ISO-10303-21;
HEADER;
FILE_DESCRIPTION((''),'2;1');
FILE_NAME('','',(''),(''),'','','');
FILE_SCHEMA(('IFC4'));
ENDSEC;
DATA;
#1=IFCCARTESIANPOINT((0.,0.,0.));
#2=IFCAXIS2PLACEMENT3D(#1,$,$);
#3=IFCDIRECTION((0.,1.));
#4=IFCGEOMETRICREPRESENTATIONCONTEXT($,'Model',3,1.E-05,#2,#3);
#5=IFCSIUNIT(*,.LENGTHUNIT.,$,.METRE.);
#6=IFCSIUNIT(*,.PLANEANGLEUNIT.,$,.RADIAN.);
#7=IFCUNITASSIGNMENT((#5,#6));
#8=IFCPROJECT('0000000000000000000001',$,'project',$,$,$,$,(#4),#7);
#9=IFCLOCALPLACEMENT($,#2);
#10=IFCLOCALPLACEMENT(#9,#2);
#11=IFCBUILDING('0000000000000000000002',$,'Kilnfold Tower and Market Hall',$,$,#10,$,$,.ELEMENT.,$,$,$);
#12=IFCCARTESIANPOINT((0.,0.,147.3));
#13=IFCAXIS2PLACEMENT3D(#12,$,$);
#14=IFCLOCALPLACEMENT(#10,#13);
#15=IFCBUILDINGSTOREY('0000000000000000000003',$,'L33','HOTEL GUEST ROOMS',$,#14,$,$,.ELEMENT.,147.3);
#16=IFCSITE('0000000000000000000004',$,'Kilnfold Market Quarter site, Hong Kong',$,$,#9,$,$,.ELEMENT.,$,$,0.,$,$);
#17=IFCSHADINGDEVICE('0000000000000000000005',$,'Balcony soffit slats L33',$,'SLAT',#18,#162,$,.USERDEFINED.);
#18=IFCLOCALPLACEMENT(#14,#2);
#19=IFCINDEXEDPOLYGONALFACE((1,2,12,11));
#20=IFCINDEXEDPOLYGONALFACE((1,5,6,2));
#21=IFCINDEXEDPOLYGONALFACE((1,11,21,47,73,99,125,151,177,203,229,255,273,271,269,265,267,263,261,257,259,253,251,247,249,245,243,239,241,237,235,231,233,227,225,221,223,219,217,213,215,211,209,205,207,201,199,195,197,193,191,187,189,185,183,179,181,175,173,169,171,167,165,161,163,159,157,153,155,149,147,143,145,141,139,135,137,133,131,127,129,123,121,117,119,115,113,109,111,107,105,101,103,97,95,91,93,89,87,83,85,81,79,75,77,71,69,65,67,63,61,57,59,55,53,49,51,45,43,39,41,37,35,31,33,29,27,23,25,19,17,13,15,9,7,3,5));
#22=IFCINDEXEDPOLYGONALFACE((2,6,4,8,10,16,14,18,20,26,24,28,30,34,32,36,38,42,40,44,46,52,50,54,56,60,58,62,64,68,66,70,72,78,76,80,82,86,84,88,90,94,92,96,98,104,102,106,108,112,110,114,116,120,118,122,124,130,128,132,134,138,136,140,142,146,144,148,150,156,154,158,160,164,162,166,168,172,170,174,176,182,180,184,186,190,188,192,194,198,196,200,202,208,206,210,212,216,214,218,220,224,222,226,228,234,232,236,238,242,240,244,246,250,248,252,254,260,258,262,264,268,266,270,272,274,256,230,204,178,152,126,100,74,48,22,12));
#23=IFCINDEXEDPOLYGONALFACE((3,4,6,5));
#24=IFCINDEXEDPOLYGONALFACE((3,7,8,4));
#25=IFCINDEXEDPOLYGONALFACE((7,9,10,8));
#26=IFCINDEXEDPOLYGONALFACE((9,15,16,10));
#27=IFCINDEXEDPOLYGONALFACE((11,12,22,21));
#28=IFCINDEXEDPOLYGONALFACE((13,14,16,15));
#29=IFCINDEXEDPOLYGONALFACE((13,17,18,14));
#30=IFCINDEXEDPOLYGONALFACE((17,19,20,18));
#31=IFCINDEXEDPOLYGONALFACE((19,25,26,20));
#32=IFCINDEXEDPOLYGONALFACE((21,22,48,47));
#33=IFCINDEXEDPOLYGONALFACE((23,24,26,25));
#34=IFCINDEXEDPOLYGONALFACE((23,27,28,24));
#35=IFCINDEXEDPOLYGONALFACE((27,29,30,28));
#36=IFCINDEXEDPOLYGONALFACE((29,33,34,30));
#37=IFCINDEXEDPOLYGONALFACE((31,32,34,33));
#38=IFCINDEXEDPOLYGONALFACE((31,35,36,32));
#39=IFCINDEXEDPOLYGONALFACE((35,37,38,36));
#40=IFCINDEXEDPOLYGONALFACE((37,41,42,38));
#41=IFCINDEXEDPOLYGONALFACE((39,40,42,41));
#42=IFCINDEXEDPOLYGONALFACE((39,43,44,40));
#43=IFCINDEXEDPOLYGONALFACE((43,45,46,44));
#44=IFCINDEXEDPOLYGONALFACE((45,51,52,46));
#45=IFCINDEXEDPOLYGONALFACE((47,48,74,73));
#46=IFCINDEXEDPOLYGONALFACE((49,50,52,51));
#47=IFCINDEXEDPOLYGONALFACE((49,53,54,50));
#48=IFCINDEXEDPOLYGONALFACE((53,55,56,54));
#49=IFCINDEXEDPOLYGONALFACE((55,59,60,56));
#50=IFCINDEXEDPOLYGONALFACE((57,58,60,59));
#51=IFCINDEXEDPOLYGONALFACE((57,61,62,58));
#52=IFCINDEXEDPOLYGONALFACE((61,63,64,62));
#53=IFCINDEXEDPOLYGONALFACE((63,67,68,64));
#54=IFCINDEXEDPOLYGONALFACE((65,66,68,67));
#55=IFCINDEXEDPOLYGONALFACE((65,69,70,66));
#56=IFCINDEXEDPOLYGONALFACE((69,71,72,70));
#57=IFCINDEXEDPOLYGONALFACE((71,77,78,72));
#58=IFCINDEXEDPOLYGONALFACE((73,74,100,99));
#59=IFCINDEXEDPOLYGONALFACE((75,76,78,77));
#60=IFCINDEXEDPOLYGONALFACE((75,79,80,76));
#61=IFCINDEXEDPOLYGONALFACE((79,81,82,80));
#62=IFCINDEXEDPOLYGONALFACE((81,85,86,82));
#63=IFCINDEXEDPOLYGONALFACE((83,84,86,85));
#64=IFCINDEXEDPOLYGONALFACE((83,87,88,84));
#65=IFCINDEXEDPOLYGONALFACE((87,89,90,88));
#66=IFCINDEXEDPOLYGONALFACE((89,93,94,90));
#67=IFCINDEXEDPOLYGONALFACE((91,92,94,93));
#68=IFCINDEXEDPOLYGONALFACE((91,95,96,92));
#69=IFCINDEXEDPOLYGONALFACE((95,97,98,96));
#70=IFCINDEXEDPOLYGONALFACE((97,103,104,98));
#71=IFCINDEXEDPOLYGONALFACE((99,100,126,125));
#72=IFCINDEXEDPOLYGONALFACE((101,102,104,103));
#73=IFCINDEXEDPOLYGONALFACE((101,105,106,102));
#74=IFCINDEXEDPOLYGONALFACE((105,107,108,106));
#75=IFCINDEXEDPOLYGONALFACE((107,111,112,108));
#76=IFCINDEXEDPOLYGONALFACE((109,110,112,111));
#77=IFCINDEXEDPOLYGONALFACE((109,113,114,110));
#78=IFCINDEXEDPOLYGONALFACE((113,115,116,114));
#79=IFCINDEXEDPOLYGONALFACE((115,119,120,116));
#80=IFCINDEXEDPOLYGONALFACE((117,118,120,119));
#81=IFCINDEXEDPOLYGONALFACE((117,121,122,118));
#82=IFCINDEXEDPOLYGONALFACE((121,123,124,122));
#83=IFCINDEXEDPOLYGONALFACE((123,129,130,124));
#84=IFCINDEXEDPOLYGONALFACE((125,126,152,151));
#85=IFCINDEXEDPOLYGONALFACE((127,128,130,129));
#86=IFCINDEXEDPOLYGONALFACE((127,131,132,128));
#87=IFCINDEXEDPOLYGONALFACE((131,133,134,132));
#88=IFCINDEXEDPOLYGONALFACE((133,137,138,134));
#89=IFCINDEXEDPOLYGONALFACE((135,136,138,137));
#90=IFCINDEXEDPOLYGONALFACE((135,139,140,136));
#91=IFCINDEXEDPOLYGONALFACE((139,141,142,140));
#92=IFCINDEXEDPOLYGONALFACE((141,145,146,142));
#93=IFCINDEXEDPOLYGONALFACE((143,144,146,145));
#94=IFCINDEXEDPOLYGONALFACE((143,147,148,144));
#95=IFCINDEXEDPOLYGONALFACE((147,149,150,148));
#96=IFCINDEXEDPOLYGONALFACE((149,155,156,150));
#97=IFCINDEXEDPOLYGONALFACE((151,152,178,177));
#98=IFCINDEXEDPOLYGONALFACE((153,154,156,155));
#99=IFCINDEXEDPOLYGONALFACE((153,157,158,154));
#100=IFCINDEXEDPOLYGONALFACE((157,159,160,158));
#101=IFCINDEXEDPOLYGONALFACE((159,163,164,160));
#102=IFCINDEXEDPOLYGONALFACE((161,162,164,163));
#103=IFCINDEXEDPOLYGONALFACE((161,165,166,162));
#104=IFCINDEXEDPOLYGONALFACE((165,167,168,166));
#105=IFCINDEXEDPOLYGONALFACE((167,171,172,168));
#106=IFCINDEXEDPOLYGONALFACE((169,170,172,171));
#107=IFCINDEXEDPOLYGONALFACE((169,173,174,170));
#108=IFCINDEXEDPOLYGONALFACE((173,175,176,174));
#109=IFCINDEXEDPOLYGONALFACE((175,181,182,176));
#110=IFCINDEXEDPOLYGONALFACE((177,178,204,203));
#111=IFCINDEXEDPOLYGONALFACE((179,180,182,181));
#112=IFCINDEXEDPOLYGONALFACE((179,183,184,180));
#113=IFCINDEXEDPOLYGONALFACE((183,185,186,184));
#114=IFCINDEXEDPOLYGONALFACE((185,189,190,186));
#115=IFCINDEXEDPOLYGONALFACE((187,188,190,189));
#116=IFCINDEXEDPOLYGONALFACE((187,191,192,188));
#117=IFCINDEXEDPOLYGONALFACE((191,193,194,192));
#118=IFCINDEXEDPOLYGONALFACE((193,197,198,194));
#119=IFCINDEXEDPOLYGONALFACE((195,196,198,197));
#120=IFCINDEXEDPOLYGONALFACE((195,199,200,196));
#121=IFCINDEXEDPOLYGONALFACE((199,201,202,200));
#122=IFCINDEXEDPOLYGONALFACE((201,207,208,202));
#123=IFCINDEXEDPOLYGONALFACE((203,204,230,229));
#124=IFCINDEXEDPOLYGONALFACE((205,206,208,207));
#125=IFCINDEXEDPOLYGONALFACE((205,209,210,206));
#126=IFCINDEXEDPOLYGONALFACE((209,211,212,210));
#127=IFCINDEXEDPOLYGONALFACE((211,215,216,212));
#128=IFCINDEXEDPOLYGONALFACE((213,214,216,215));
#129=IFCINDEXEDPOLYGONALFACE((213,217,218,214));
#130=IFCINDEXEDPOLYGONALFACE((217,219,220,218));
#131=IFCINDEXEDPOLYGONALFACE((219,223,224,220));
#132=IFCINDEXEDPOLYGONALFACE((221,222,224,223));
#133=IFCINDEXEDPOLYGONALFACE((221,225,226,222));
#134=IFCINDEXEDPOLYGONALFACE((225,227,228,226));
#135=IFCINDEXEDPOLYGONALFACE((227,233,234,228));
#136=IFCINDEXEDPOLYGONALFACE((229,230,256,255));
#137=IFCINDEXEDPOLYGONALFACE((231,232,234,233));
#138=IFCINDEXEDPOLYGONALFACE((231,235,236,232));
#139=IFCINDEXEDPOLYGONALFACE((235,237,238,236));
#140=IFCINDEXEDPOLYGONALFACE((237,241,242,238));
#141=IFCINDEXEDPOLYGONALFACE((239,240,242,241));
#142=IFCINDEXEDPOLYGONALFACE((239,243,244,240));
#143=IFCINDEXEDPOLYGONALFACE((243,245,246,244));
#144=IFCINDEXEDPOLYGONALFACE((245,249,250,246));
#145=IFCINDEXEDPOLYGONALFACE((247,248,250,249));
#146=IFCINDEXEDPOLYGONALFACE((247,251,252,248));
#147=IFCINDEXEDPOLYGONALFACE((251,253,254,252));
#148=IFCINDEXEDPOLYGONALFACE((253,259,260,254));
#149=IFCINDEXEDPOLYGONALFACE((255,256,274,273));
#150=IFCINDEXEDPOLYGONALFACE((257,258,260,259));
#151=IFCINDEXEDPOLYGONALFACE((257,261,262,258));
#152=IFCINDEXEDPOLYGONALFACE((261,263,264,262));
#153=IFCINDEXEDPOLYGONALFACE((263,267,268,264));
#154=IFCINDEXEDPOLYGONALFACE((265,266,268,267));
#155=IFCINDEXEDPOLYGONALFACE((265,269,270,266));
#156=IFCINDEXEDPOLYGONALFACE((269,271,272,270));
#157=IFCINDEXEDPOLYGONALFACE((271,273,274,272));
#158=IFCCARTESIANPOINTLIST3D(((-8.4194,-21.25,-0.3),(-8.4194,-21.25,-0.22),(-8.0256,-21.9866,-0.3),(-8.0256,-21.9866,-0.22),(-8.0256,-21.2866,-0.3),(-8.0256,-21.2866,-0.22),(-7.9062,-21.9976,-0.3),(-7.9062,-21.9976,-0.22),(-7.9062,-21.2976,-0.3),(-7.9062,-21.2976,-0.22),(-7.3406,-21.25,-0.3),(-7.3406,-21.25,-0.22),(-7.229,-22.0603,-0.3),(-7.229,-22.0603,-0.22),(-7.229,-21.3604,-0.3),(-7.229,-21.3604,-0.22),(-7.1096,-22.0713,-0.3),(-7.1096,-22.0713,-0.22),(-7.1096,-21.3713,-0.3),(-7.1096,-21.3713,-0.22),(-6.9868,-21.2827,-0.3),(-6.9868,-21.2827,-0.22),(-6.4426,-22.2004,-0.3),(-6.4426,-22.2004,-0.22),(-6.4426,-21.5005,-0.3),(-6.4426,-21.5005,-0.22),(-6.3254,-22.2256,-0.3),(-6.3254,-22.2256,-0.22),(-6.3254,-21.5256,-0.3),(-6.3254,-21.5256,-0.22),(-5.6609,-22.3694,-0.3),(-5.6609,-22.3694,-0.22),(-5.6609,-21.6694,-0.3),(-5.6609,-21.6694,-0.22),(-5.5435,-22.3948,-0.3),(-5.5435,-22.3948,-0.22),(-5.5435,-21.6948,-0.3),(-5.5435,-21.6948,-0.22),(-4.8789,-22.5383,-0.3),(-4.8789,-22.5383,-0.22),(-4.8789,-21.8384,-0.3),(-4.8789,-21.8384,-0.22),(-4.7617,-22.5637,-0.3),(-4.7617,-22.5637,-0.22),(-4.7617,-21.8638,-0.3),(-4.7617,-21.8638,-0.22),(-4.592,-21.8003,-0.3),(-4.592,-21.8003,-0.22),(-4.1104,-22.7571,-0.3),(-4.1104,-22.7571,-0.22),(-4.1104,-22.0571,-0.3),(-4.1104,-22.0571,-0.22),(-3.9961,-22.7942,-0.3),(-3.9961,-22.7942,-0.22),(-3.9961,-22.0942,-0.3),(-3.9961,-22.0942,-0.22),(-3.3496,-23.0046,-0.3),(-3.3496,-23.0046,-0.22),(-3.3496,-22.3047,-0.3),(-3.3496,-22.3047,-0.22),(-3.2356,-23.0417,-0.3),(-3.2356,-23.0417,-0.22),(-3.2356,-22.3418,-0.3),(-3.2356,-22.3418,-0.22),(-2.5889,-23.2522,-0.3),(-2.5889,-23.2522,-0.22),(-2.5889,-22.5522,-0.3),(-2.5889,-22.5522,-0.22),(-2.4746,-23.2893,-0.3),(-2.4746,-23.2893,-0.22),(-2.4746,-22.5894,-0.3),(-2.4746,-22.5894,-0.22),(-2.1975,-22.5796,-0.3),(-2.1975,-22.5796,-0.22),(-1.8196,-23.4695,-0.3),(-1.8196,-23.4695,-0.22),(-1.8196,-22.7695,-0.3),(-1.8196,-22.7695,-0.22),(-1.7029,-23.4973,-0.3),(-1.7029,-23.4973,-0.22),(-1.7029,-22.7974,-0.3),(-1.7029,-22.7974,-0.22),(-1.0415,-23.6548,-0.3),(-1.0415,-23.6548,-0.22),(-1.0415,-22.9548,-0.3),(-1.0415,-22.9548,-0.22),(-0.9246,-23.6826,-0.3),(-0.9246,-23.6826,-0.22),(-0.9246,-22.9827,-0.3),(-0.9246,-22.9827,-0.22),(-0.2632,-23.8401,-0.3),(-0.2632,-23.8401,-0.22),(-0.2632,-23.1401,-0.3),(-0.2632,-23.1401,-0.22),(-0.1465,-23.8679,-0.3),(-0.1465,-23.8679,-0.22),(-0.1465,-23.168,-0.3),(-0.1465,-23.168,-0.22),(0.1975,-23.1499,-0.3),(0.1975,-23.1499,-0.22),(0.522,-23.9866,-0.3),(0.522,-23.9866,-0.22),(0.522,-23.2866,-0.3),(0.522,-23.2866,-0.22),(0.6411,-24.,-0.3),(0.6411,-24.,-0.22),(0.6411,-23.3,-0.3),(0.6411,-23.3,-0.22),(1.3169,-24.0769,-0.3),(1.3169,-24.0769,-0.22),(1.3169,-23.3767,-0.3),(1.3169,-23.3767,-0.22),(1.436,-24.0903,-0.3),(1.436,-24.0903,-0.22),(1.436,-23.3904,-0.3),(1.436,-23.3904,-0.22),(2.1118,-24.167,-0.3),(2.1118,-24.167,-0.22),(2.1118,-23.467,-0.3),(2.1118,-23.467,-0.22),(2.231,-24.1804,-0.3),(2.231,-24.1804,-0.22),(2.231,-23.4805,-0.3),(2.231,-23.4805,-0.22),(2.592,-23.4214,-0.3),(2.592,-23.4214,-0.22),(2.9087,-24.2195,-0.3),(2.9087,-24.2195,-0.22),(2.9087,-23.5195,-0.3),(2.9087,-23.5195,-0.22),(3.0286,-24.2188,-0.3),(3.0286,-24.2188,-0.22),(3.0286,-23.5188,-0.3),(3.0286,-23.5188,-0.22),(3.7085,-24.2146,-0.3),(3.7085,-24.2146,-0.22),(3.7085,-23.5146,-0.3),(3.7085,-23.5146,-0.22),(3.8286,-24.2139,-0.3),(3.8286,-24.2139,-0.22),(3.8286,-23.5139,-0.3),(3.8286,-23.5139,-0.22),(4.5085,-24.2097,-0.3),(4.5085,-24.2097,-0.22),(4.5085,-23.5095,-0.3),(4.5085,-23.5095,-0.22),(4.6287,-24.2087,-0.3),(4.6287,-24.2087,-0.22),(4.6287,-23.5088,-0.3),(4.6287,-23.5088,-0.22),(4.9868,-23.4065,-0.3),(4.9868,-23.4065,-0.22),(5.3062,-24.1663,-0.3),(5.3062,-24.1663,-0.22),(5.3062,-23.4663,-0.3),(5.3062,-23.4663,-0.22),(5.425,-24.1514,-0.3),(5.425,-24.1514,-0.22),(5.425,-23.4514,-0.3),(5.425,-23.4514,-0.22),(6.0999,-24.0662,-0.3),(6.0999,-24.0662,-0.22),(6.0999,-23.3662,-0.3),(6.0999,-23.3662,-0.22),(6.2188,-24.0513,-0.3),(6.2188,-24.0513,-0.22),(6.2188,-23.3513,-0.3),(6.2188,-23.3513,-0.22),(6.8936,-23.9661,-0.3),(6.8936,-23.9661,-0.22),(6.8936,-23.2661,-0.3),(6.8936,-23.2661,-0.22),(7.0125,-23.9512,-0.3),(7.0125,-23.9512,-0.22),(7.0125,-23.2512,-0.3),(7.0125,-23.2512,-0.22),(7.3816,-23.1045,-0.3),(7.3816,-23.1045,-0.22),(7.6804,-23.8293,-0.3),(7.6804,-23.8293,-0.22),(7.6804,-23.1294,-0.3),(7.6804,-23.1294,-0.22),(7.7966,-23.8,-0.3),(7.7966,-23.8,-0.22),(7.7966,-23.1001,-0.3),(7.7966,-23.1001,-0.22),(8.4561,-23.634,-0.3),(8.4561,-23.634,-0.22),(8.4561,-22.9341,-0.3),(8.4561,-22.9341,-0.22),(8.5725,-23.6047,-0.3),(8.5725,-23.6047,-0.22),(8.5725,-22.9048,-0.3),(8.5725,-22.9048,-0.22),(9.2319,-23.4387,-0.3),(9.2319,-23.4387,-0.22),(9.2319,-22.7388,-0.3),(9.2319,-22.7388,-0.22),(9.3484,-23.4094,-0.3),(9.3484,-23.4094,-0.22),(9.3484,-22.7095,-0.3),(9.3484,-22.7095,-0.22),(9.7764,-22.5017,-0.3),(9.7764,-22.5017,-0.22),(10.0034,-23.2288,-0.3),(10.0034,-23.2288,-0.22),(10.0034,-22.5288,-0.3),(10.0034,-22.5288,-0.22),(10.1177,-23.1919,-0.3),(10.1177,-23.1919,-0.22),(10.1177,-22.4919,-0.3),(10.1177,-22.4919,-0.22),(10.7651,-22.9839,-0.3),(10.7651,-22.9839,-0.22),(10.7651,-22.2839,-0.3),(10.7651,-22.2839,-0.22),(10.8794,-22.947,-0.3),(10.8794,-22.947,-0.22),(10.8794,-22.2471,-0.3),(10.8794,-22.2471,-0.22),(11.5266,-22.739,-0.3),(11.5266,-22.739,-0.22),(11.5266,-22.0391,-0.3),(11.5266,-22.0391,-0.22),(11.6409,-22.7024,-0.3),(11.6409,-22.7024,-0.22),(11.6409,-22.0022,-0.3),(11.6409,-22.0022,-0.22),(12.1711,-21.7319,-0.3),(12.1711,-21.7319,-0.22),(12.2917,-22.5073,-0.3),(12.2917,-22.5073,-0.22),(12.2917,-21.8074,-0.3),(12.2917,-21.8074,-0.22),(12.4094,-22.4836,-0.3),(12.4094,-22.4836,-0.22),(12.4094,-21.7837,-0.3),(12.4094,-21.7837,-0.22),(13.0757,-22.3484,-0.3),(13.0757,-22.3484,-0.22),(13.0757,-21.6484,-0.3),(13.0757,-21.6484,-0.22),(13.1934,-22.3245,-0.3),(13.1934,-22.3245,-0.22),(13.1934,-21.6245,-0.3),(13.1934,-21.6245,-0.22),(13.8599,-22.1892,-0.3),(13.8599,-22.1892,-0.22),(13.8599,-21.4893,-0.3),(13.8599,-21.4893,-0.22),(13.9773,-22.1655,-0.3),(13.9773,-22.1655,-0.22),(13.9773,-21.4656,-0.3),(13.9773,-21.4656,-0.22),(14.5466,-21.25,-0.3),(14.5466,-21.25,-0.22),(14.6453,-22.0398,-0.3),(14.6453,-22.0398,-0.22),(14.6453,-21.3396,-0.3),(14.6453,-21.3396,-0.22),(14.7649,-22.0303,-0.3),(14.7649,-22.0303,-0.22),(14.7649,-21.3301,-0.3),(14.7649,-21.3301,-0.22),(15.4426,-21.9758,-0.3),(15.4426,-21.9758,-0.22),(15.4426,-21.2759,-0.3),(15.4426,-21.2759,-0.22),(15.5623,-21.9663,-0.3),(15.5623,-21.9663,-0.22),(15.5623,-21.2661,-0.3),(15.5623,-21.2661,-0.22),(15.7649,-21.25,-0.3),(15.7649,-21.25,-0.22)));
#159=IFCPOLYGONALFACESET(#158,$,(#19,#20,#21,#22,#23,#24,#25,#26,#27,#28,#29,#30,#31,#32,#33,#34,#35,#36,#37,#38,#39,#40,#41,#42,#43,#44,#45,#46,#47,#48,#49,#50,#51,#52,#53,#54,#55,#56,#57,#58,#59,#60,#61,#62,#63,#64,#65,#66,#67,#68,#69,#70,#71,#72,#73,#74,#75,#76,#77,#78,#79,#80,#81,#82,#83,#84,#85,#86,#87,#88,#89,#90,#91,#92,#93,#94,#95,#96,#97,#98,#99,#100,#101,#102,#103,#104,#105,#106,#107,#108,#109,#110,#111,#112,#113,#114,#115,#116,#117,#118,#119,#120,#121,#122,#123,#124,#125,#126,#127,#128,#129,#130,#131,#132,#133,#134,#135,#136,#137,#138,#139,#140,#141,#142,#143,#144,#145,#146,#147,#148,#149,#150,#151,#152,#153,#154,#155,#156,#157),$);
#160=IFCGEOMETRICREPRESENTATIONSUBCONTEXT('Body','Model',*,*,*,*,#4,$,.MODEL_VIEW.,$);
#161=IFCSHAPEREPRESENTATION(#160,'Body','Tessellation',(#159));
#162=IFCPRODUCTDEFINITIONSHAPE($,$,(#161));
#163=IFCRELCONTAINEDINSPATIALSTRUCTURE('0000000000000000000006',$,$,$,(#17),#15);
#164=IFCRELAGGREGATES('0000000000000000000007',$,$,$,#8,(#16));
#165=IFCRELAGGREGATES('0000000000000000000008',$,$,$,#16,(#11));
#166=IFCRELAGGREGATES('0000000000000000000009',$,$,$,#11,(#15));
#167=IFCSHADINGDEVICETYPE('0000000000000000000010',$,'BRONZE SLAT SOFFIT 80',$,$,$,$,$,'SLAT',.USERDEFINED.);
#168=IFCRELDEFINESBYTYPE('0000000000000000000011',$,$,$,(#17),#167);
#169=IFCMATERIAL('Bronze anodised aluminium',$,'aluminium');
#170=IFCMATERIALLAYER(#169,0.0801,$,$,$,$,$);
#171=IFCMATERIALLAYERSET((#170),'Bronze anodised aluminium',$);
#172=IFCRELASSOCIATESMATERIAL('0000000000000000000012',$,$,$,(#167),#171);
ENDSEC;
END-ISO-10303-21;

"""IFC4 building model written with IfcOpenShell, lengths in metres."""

from ifc_helpers import new_model, si_unit, direction, frame, origin, place, context, subcontext, project, spatial, polyline, outline, extrude, source, transform, mapped, material, layer, layer_set, type_object, element, save


model = new_model("IFC4")

# Units and contexts
model_context = context("Model", 3, precision=1e-05, world=origin(), true_north=direction((0.0, 1.0)))
body_context = subcontext(model_context, "Body", "Model", "MODEL_VIEW")
ifc_project = project(units=[si_unit("LENGTHUNIT", "METRE"), si_unit("PLANEANGLEUNIT", "RADIAN")], contexts=[model_context])

# Site, building, storey
site_placement = place(None, origin())
site = spatial("IfcSite", under=ifc_project, at=site_placement, Name="Kilnfold Market Quarter site, Hong Kong", CompositionType="ELEMENT", RefElevation=0.0)
building_placement = place(site_placement, origin())
building = spatial("IfcBuilding", under=site, at=building_placement, Name="Kilnfold Tower and Market Hall", CompositionType="ELEMENT")
storey_placement = place(building_placement, frame((0.0, 0.0, 147.3)))
storey = spatial("IfcBuildingStorey", under=building, at=storey_placement, Name="L33", Description="HOTEL GUEST ROOMS", CompositionType="ELEMENT", Elevation=147.3)

# Shading device
ifc_material_1 = material(Name="Bronze anodised aluminium", Category="aluminium")
ifc_layer_1 = layer(ifc_material_1, 0.0801)
ifc_layer_set_1 = layer_set([ifc_layer_1], Name="Bronze anodised aluminium")
shading_device_type = type_object("IfcShadingDeviceType", Name="BRONZE SLAT SOFFIT 80", ElementType="SLAT", PredefinedType="USERDEFINED", material=ifc_layer_set_1)
shared_shape_1 = source(origin(), body_context, "Body", "SweptSolid", [
    extrude(outline(polyline([(-6.9868, -21.2827), (-4.592, -21.8003), (-2.1975, -22.5796), (0.1975, -23.1499), (2.592, -23.4214), (4.9868, -23.4065), (7.3816, -23.1045), (9.7764, -22.5017), (12.1711, -21.7319), (14.5466, -21.25), (15.7649, -21.25), (15.5623, -21.2661), (15.5623, -21.9663), (15.4426, -21.9758), (15.4426, -21.2759), (14.7649, -21.3301), (14.7649, -22.0303), (14.6453, -22.0398), (14.6453, -21.3396), (13.9773, -21.4656), (13.9773, -22.1655), (13.8599, -22.1892), (13.8599, -21.4893), (13.1934, -21.6245), (13.1934, -22.3245), (13.0757, -22.3484), (13.0757, -21.6484), (12.4094, -21.7837), (12.4094, -22.4836), (12.2917, -22.5073), (12.2917, -21.8074), (11.6409, -22.0022), (11.6409, -22.7024), (11.5266, -22.739), (11.5266, -22.0391), (10.8794, -22.2471), (10.8794, -22.947), (10.7651, -22.9839), (10.7651, -22.2839), (10.1177, -22.4919), (10.1177, -23.1919), (10.0034, -23.2288), (10.0034, -22.5288), (9.3484, -22.7095), (9.3484, -23.4094), (9.2319, -23.4387), (9.2319, -22.7388), (8.5725, -22.9048), (8.5725, -23.6047), (8.4561, -23.634), (8.4561, -22.9341), (7.7966, -23.1001), (7.7966, -23.8), (7.6804, -23.8293), (7.6804, -23.1294), (7.0125, -23.2512), (7.0125, -23.9512), (6.8936, -23.9661), (6.8936, -23.2661), (6.2188, -23.3513), (6.2188, -24.0513), (6.0999, -24.0662), (6.0999, -23.3662), (5.425, -23.4514), (5.425, -24.1514), (5.3062, -24.1663), (5.3062, -23.4663), (4.6287, -23.5088), (4.6287, -24.2087), (4.5085, -24.2097), (4.5085, -23.5095), (3.8286, -23.5139), (3.8286, -24.2139), (3.7085, -24.2146), (3.7085, -23.5146), (3.0286, -23.5188), (3.0286, -24.2188), (2.9087, -24.2195), (2.9087, -23.5195), (2.231, -23.4805), (2.231, -24.1804), (2.1118, -24.167), (2.1118, -23.467), (1.436, -23.3904), (1.436, -24.0903), (1.3169, -24.0769), (1.3169, -23.3767), (0.6411, -23.3), (0.6411, -24.0), (0.522, -23.9866), (0.522, -23.2866), (-0.1465, -23.168), (-0.1465, -23.8679), (-0.2632, -23.8401), (-0.2632, -23.1401), (-0.9246, -22.9827), (-0.9246, -23.6826), (-1.0415, -23.6548), (-1.0415, -22.9548), (-1.7029, -22.7974), (-1.7029, -23.4973), (-1.8196, -23.4695), (-1.8196, -22.7695), (-2.4746, -22.5894), (-2.4746, -23.2893), (-2.5889, -23.2522), (-2.5889, -22.5522), (-3.2356, -22.3418), (-3.2356, -23.0417), (-3.3496, -23.0046), (-3.3496, -22.3047), (-3.9961, -22.0942), (-3.9961, -22.7942), (-4.1104, -22.7571), (-4.1104, -22.0571), (-4.7617, -21.8638), (-4.7617, -22.5637), (-4.8789, -22.5383), (-4.8789, -21.8384), (-5.5435, -21.6948), (-5.5435, -22.3948), (-5.6609, -22.3694), (-5.6609, -21.6694), (-6.3254, -21.5256), (-6.3254, -22.2256), (-6.4426, -22.2004), (-6.4426, -21.5005), (-7.1096, -21.3713), (-7.1096, -22.0713), (-7.229, -22.0603), (-7.229, -21.3604), (-7.9062, -21.2976), (-7.9062, -21.9976), (-8.0256, -21.9866), (-8.0256, -21.2866), (-8.4194, -21.25), (-7.3406, -21.25), (-6.9868, -21.2827)])), origin(), (0.0, 0.0, 1.0), 0.0801),
])
shading_device_placement = place(storey_placement, frame((0.0, 0.0, -0.3)))
element("IfcShadingDevice", 1, at=shading_device_placement, inside=storey, type_object=shading_device_type, Name="Balcony soffit slats L33", ObjectType="SLAT", PredefinedType="USERDEFINED", context=body_context, shape_type="MappedRepresentation", body=[
    mapped(shared_shape_1, transform((0.0, 0.0, 0.0))),
])

save(model, "model.ifc")
